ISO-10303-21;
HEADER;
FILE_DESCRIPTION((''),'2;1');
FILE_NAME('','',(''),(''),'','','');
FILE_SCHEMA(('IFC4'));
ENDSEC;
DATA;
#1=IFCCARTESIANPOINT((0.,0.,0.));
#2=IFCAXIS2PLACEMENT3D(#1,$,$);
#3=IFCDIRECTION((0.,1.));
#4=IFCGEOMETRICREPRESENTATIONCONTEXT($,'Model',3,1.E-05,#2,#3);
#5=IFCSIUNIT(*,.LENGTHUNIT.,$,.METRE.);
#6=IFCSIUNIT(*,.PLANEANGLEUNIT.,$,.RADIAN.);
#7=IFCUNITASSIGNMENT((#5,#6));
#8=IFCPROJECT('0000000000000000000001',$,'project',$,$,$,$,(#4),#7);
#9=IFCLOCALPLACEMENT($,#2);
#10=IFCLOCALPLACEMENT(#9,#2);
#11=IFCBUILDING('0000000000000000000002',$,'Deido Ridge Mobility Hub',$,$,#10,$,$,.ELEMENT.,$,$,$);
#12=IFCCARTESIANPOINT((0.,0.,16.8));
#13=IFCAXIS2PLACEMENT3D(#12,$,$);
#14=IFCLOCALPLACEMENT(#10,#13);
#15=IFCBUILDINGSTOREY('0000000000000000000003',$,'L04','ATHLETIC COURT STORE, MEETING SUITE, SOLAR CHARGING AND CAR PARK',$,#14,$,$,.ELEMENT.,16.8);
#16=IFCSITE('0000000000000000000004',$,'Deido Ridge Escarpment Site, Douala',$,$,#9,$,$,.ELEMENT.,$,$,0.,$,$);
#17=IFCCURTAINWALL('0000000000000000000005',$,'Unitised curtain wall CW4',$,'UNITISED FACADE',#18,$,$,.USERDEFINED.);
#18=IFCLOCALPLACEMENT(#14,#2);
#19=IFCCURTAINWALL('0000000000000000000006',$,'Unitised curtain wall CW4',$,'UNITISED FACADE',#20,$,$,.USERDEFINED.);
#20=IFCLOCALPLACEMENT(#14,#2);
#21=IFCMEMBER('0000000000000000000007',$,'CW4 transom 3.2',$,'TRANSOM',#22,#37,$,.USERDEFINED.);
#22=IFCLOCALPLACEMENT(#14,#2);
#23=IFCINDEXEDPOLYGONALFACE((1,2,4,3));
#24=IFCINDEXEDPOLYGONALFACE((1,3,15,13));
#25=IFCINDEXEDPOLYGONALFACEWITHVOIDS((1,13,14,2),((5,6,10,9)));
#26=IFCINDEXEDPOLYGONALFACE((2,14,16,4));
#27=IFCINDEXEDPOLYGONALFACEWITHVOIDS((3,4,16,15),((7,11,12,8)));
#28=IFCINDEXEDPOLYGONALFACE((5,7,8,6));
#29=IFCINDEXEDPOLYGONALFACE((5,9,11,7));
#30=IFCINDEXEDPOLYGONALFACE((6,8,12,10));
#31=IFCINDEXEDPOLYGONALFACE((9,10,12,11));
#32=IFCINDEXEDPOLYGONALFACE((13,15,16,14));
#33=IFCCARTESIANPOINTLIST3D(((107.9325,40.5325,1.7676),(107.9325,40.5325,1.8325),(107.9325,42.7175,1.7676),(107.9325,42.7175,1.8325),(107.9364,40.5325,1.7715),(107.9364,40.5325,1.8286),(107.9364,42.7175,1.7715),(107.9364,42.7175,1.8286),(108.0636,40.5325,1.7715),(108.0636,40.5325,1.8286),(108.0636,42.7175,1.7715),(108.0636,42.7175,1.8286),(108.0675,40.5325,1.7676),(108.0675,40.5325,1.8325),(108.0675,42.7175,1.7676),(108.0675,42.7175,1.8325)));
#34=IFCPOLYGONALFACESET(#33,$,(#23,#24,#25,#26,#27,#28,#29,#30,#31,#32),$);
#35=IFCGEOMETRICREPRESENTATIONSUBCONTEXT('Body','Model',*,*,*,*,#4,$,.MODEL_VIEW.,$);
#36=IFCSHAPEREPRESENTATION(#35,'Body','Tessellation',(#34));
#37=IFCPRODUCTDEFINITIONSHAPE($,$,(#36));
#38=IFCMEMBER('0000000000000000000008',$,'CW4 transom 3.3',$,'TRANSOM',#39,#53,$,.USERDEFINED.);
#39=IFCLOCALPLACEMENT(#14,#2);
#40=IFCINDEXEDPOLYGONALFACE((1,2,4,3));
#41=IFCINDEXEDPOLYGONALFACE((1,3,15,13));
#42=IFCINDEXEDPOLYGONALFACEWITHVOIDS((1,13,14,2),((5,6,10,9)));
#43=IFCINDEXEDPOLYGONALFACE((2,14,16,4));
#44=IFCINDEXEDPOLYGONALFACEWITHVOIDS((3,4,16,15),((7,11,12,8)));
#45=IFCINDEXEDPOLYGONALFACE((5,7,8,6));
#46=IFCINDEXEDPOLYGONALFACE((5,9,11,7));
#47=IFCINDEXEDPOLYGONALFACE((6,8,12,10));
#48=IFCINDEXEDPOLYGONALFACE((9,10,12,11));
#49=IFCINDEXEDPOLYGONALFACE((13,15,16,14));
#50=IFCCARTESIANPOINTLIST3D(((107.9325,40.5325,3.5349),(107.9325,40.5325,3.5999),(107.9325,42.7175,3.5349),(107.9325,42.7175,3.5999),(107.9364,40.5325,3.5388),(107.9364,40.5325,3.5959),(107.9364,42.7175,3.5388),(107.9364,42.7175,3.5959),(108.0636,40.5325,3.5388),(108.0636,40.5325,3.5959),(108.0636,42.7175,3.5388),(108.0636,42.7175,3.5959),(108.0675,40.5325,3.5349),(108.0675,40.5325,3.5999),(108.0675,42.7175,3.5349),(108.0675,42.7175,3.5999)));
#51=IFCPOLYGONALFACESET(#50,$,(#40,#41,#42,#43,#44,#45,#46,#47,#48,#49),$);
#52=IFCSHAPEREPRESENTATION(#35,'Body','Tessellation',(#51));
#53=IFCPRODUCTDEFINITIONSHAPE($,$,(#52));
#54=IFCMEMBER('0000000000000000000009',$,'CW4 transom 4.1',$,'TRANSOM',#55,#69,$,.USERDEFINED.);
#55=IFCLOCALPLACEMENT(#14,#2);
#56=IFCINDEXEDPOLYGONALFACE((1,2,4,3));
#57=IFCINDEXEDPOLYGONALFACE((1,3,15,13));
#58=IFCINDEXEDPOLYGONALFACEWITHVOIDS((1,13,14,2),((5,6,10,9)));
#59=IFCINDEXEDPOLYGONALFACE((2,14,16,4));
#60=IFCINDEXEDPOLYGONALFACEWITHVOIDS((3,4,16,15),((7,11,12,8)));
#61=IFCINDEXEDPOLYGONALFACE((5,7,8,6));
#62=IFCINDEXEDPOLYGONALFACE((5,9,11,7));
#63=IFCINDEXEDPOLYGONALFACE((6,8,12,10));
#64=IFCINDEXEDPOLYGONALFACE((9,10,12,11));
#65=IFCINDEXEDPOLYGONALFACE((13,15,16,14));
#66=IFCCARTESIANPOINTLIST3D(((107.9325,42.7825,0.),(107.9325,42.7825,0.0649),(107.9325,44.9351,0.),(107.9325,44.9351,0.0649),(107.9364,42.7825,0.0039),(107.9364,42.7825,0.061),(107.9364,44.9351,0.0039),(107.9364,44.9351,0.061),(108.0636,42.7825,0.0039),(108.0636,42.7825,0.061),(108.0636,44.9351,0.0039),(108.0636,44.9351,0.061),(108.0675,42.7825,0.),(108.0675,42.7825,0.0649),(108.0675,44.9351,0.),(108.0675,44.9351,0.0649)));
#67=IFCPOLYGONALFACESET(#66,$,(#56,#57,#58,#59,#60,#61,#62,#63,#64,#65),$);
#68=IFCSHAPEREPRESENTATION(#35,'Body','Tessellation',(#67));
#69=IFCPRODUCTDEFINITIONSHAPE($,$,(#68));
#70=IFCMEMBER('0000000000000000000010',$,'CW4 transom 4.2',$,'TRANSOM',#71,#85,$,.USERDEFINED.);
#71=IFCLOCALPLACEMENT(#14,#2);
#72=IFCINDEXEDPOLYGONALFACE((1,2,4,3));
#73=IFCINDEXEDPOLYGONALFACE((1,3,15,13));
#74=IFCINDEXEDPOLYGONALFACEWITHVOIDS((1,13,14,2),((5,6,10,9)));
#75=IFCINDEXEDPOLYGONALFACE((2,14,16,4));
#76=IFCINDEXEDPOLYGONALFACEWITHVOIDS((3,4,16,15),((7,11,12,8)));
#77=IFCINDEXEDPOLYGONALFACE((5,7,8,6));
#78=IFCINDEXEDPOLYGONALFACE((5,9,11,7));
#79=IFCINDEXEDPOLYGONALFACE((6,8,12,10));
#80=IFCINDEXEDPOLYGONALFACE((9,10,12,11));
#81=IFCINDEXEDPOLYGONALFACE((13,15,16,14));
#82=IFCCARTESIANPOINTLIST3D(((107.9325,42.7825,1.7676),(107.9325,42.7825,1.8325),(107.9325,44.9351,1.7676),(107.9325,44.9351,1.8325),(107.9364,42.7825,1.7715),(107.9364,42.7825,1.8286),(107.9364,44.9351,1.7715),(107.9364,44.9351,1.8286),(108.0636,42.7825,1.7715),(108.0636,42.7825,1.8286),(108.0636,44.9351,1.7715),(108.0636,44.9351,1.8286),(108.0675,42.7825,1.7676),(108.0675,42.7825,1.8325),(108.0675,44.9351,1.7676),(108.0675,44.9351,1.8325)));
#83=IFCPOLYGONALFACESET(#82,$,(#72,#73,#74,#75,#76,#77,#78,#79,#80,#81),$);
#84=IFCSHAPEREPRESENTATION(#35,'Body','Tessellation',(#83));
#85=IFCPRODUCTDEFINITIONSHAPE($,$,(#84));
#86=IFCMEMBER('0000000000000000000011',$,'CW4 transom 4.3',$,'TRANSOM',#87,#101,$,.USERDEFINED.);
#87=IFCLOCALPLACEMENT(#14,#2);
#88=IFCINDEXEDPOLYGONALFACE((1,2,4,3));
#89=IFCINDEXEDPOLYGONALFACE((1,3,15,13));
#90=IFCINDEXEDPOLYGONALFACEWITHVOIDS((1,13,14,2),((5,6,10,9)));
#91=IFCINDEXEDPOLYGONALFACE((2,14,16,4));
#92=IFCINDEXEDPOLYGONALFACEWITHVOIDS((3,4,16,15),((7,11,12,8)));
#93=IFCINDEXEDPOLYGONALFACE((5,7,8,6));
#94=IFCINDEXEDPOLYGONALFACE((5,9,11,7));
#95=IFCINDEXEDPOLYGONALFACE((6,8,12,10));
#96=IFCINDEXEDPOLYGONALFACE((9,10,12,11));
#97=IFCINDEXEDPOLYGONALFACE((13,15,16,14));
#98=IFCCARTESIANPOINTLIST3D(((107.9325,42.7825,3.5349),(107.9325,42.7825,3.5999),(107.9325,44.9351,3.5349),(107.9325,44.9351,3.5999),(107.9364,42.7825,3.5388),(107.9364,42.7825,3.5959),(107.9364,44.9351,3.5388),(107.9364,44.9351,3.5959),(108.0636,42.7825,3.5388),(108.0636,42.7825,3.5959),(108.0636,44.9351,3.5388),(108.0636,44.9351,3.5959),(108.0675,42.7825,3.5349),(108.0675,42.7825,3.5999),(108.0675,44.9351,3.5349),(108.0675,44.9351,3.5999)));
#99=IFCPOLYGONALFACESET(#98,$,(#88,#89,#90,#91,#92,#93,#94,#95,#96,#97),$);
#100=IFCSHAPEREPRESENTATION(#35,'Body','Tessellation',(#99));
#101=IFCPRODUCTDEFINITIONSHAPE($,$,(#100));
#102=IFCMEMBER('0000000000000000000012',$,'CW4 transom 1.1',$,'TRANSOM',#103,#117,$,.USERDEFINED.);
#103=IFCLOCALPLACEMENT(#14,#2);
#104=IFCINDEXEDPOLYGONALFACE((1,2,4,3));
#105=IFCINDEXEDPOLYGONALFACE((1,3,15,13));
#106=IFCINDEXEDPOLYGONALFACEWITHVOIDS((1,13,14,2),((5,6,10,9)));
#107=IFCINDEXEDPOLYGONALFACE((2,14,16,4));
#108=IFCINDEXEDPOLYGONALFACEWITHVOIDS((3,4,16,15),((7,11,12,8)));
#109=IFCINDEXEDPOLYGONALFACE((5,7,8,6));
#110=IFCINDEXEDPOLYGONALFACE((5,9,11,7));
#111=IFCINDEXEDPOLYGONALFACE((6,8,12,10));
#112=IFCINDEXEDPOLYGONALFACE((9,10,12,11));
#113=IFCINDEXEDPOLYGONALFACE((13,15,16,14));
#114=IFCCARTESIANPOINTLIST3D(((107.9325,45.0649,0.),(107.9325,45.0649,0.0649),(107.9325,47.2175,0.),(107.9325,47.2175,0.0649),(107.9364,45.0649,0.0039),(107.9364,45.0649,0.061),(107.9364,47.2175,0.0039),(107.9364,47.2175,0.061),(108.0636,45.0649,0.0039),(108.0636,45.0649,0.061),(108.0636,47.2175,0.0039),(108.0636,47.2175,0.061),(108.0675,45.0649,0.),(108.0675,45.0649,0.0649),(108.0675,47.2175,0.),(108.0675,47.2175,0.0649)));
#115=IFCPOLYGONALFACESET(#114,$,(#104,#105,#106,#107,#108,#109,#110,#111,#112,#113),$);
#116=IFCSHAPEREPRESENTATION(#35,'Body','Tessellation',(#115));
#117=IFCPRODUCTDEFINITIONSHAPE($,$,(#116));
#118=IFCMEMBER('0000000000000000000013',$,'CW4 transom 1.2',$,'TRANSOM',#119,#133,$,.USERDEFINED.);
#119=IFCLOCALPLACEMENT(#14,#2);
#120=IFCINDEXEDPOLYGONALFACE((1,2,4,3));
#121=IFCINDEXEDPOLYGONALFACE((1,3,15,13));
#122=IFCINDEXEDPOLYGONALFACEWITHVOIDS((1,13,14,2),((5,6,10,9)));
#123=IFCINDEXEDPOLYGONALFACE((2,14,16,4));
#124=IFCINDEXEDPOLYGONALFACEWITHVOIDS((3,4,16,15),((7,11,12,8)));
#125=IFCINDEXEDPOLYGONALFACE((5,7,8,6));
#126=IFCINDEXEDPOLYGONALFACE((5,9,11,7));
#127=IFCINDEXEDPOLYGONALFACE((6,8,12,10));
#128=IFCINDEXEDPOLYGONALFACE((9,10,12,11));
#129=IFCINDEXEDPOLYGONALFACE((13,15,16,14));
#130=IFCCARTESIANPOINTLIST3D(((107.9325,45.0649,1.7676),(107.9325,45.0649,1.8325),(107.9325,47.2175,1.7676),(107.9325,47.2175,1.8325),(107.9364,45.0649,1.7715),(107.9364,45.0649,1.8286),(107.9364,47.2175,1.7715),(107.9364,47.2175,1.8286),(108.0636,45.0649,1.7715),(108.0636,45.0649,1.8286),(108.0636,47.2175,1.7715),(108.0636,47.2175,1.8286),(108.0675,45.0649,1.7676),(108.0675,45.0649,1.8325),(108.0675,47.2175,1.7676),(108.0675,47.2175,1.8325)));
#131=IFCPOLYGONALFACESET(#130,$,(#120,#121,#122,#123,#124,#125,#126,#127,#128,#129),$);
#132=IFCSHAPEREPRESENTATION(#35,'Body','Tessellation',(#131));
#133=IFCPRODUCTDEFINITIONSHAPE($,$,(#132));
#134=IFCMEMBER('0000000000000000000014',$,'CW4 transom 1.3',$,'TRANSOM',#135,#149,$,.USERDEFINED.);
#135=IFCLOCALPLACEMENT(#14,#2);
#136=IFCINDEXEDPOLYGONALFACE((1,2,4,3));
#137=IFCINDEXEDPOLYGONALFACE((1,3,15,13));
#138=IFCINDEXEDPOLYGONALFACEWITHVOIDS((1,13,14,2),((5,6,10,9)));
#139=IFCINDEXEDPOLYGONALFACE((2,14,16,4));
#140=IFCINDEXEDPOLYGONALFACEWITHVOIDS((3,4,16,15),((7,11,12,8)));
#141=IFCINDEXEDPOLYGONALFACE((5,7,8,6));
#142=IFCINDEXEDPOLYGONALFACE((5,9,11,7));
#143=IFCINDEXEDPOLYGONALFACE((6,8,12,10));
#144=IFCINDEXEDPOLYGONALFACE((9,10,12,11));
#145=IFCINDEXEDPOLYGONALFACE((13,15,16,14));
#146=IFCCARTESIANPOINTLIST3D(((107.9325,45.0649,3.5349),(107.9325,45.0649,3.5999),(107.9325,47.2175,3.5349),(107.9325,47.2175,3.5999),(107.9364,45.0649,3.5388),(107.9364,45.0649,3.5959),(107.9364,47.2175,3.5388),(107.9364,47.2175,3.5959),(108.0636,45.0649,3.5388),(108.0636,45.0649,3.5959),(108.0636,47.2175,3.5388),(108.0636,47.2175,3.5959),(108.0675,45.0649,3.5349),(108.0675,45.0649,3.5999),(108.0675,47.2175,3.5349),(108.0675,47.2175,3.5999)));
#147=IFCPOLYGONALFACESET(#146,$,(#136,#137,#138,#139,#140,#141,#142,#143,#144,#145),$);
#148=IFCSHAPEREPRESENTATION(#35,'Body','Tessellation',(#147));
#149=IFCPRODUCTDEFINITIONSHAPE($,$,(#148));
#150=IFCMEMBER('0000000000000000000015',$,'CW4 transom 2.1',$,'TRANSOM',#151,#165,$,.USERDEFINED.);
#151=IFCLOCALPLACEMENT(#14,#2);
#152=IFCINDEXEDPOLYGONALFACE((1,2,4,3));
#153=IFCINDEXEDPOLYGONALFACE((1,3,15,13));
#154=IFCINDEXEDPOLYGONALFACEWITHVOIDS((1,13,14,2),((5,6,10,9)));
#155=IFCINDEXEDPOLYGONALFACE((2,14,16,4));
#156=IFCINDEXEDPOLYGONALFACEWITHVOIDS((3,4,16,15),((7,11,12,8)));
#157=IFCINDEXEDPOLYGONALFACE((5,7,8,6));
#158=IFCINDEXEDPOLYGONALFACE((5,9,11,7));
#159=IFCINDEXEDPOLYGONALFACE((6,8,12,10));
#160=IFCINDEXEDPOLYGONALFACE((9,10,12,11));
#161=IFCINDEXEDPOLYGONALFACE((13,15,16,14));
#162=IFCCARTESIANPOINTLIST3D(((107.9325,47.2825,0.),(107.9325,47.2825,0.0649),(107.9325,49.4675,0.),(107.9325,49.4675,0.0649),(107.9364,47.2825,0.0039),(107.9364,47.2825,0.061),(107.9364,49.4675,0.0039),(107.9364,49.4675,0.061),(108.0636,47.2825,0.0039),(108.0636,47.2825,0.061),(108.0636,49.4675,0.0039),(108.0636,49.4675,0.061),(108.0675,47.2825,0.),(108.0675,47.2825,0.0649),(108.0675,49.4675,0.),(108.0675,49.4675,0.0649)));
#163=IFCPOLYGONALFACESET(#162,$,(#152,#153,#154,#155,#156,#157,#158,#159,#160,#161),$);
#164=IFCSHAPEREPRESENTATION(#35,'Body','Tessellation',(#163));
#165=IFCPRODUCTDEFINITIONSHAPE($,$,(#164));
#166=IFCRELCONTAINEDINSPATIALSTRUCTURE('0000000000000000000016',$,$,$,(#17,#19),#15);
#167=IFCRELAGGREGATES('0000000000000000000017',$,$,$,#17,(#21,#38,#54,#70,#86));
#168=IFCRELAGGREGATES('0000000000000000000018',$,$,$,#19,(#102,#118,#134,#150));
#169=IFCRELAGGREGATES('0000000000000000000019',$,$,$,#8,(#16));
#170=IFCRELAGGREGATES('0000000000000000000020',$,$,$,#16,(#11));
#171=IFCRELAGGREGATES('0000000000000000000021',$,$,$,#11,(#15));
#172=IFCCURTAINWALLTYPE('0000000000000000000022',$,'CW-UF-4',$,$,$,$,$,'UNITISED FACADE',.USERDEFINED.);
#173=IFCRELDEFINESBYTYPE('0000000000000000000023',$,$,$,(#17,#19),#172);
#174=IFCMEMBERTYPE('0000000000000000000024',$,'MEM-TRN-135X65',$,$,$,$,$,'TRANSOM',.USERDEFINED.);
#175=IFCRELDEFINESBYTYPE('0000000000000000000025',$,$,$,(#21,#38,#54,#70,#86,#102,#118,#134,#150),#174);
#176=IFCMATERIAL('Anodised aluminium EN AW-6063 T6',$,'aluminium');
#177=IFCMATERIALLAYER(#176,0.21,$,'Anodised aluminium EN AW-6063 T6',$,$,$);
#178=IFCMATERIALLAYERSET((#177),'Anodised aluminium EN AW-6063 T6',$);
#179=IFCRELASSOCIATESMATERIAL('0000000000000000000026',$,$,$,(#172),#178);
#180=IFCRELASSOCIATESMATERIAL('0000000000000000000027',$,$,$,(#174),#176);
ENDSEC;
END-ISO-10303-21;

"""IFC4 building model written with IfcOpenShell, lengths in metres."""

from ifc_helpers import new_model, si_unit, direction, frame, origin, origin_2d, place, context, subcontext, project, spatial, hollow_rectangle, extrude, material, layer, layer_set, material_profile, profile_set, type_object, element, aggregate, save


model = new_model("IFC4")

# Units and contexts
model_context = context("Model", 3, precision=1e-05, world=origin(), true_north=direction((0.0, 1.0)))
body_context = subcontext(model_context, "Body", "Model", "MODEL_VIEW")
ifc_project = project(units=[si_unit("LENGTHUNIT", "METRE"), si_unit("PLANEANGLEUNIT", "RADIAN")], contexts=[model_context])

# Site, building, storey
site_placement = place(None, origin())
site = spatial("IfcSite", under=ifc_project, at=site_placement, Name="Deido Ridge Escarpment Site, Douala", CompositionType="ELEMENT", RefElevation=0.0)
building_placement = place(site_placement, origin())
building = spatial("IfcBuilding", under=site, at=building_placement, Name="Deido Ridge Mobility Hub", CompositionType="ELEMENT")
storey_placement = place(building_placement, frame((0.0, 0.0, 16.8)))
storey = spatial("IfcBuildingStorey", under=building, at=storey_placement, Name="L04", Description="ATHLETIC COURT STORE, MEETING SUITE, SOLAR CHARGING AND CAR PARK", CompositionType="ELEMENT", Elevation=16.8)

# Curtain walls
ifc_material_1 = material(Name="Anodised aluminium EN AW-6063 T6", Category="aluminium")
ifc_layer_1 = layer(ifc_material_1, 0.21, Name="Anodised aluminium EN AW-6063 T6")
ifc_layer_set_1 = layer_set([ifc_layer_1], Name="Anodised aluminium EN AW-6063 T6")
curtain_wall_type = type_object("IfcCurtainWallType", Name="CW-UF-4", ElementType="UNITISED FACADE", PredefinedType="USERDEFINED", material=ifc_layer_set_1)
curtain_wall_1_placement = place(storey_placement, origin())
curtain_wall_1 = element("IfcCurtainWall", 1, at=curtain_wall_1_placement, inside=storey, type_object=curtain_wall_type, Name="Unitised curtain wall CW4", ObjectType="UNITISED FACADE", PredefinedType="USERDEFINED")
curtain_wall_2_placement = place(storey_placement, origin())
curtain_wall_2 = element("IfcCurtainWall", 2, at=curtain_wall_2_placement, inside=storey, type_object=curtain_wall_type, Name="Unitised curtain wall CW4", ObjectType="UNITISED FACADE", PredefinedType="USERDEFINED")

# Members
ifc_material_profile_1 = material_profile(ifc_material_1, hollow_rectangle(XDim=0.135, YDim=0.0649, WallThickness=0.0039, at=origin_2d()), Name="RHS 135x65x4")
ifc_profile_set_1 = profile_set([ifc_material_profile_1], Name="Anodised aluminium EN AW-6063 T6")
member_type_1 = type_object("IfcMemberType", Name="MEM-TRN-135X65", ElementType="TRANSOM", PredefinedType="USERDEFINED", material=ifc_profile_set_1)
member_1_placement = place(storey_placement, frame((108.0, 40.5325, 1.8), z_axis=(0.0, 1.0, 0.0), x_axis=(-1.0, 0.0, 0.0)))
member_1 = element("IfcMember", 3, at=member_1_placement, type_object=member_type_1, Name="CW4 transom 3.2", ObjectType="TRANSOM", PredefinedType="USERDEFINED", context=body_context, shape_type="SweptSolid", body=[
    extrude(hollow_rectangle(XDim=0.135, YDim=0.0649, WallThickness=0.0039, at=origin_2d()), origin(), (0.0, 0.0, 1.0), 2.1851),
])
member_2_placement = place(storey_placement, frame((108.0, 40.5325, 3.5674), z_axis=(0.0, 1.0, 0.0), x_axis=(-1.0, 0.0, 0.0)))
member_2 = element("IfcMember", 4, at=member_2_placement, type_object=member_type_1, Name="CW4 transom 3.3", ObjectType="TRANSOM", PredefinedType="USERDEFINED", context=body_context, shape_type="SweptSolid", body=[
    extrude(hollow_rectangle(XDim=0.135, YDim=0.0649, WallThickness=0.0039, at=origin_2d()), origin(), (0.0, 0.0, 1.0), 2.1851),
])
member_3_placement = place(storey_placement, frame((108.0, 42.7825, 0.0325), z_axis=(0.0, 1.0, 0.0), x_axis=(-1.0, 0.0, 0.0)))
member_3 = element("IfcMember", 5, at=member_3_placement, type_object=member_type_1, Name="CW4 transom 4.1", ObjectType="TRANSOM", PredefinedType="USERDEFINED", context=body_context, shape_type="SweptSolid", body=[
    extrude(hollow_rectangle(XDim=0.135, YDim=0.0649, WallThickness=0.0039, at=origin_2d()), origin(), (0.0, 0.0, 1.0), 2.1526),
])
member_4_placement = place(storey_placement, frame((108.0, 42.7825, 1.8), z_axis=(0.0, 1.0, 0.0), x_axis=(-1.0, 0.0, 0.0)))
member_4 = element("IfcMember", 6, at=member_4_placement, type_object=member_type_1, Name="CW4 transom 4.2", ObjectType="TRANSOM", PredefinedType="USERDEFINED", context=body_context, shape_type="SweptSolid", body=[
    extrude(hollow_rectangle(XDim=0.135, YDim=0.0649, WallThickness=0.0039, at=origin_2d()), origin(), (0.0, 0.0, 1.0), 2.1526),
])
member_5_placement = place(storey_placement, frame((108.0, 42.7825, 3.5674), z_axis=(0.0, 1.0, 0.0), x_axis=(-1.0, 0.0, 0.0)))
member_5 = element("IfcMember", 7, at=member_5_placement, type_object=member_type_1, Name="CW4 transom 4.3", ObjectType="TRANSOM", PredefinedType="USERDEFINED", context=body_context, shape_type="SweptSolid", body=[
    extrude(hollow_rectangle(XDim=0.135, YDim=0.0649, WallThickness=0.0039, at=origin_2d()), origin(), (0.0, 0.0, 1.0), 2.1526),
])
member_6_placement = place(storey_placement, frame((108.0, 45.0649, 0.0325), z_axis=(0.0, 1.0, 0.0), x_axis=(-1.0, 0.0, 0.0)))
member_6 = element("IfcMember", 8, at=member_6_placement, type_object=member_type_1, Name="CW4 transom 1.1", ObjectType="TRANSOM", PredefinedType="USERDEFINED", context=body_context, shape_type="SweptSolid", body=[
    extrude(hollow_rectangle(XDim=0.135, YDim=0.0649, WallThickness=0.0039, at=origin_2d()), origin(), (0.0, 0.0, 1.0), 2.1526),
])
member_7_placement = place(storey_placement, frame((108.0, 45.0649, 1.8), z_axis=(0.0, 1.0, 0.0), x_axis=(-1.0, 0.0, 0.0)))
member_7 = element("IfcMember", 9, at=member_7_placement, type_object=member_type_1, Name="CW4 transom 1.2", ObjectType="TRANSOM", PredefinedType="USERDEFINED", context=body_context, shape_type="SweptSolid", body=[
    extrude(hollow_rectangle(XDim=0.135, YDim=0.0649, WallThickness=0.0039, at=origin_2d()), origin(), (0.0, 0.0, 1.0), 2.1526),
])
member_8_placement = place(storey_placement, frame((108.0, 45.0649, 3.5674), z_axis=(0.0, 1.0, 0.0), x_axis=(-1.0, 0.0, 0.0)))
member_8 = element("IfcMember", 10, at=member_8_placement, type_object=member_type_1, Name="CW4 transom 1.3", ObjectType="TRANSOM", PredefinedType="USERDEFINED", context=body_context, shape_type="SweptSolid", body=[
    extrude(hollow_rectangle(XDim=0.135, YDim=0.0649, WallThickness=0.0039, at=origin_2d()), origin(), (0.0, 0.0, 1.0), 2.1526),
])
member_9_placement = place(storey_placement, frame((108.0, 47.2825, 0.0325), z_axis=(0.0, 1.0, 0.0), x_axis=(-1.0, 0.0, 0.0)))
member_9 = element("IfcMember", 11, at=member_9_placement, type_object=member_type_1, Name="CW4 transom 2.1", ObjectType="TRANSOM", PredefinedType="USERDEFINED", context=body_context, shape_type="SweptSolid", body=[
    extrude(hollow_rectangle(XDim=0.135, YDim=0.0649, WallThickness=0.0039, at=origin_2d()), origin(), (0.0, 0.0, 1.0), 2.1851),
])

aggregate(curtain_wall_1, [member_1, member_2, member_3, member_4, member_5])
aggregate(curtain_wall_2, [member_6, member_7, member_8, member_9])

save(model, "model.ifc")
